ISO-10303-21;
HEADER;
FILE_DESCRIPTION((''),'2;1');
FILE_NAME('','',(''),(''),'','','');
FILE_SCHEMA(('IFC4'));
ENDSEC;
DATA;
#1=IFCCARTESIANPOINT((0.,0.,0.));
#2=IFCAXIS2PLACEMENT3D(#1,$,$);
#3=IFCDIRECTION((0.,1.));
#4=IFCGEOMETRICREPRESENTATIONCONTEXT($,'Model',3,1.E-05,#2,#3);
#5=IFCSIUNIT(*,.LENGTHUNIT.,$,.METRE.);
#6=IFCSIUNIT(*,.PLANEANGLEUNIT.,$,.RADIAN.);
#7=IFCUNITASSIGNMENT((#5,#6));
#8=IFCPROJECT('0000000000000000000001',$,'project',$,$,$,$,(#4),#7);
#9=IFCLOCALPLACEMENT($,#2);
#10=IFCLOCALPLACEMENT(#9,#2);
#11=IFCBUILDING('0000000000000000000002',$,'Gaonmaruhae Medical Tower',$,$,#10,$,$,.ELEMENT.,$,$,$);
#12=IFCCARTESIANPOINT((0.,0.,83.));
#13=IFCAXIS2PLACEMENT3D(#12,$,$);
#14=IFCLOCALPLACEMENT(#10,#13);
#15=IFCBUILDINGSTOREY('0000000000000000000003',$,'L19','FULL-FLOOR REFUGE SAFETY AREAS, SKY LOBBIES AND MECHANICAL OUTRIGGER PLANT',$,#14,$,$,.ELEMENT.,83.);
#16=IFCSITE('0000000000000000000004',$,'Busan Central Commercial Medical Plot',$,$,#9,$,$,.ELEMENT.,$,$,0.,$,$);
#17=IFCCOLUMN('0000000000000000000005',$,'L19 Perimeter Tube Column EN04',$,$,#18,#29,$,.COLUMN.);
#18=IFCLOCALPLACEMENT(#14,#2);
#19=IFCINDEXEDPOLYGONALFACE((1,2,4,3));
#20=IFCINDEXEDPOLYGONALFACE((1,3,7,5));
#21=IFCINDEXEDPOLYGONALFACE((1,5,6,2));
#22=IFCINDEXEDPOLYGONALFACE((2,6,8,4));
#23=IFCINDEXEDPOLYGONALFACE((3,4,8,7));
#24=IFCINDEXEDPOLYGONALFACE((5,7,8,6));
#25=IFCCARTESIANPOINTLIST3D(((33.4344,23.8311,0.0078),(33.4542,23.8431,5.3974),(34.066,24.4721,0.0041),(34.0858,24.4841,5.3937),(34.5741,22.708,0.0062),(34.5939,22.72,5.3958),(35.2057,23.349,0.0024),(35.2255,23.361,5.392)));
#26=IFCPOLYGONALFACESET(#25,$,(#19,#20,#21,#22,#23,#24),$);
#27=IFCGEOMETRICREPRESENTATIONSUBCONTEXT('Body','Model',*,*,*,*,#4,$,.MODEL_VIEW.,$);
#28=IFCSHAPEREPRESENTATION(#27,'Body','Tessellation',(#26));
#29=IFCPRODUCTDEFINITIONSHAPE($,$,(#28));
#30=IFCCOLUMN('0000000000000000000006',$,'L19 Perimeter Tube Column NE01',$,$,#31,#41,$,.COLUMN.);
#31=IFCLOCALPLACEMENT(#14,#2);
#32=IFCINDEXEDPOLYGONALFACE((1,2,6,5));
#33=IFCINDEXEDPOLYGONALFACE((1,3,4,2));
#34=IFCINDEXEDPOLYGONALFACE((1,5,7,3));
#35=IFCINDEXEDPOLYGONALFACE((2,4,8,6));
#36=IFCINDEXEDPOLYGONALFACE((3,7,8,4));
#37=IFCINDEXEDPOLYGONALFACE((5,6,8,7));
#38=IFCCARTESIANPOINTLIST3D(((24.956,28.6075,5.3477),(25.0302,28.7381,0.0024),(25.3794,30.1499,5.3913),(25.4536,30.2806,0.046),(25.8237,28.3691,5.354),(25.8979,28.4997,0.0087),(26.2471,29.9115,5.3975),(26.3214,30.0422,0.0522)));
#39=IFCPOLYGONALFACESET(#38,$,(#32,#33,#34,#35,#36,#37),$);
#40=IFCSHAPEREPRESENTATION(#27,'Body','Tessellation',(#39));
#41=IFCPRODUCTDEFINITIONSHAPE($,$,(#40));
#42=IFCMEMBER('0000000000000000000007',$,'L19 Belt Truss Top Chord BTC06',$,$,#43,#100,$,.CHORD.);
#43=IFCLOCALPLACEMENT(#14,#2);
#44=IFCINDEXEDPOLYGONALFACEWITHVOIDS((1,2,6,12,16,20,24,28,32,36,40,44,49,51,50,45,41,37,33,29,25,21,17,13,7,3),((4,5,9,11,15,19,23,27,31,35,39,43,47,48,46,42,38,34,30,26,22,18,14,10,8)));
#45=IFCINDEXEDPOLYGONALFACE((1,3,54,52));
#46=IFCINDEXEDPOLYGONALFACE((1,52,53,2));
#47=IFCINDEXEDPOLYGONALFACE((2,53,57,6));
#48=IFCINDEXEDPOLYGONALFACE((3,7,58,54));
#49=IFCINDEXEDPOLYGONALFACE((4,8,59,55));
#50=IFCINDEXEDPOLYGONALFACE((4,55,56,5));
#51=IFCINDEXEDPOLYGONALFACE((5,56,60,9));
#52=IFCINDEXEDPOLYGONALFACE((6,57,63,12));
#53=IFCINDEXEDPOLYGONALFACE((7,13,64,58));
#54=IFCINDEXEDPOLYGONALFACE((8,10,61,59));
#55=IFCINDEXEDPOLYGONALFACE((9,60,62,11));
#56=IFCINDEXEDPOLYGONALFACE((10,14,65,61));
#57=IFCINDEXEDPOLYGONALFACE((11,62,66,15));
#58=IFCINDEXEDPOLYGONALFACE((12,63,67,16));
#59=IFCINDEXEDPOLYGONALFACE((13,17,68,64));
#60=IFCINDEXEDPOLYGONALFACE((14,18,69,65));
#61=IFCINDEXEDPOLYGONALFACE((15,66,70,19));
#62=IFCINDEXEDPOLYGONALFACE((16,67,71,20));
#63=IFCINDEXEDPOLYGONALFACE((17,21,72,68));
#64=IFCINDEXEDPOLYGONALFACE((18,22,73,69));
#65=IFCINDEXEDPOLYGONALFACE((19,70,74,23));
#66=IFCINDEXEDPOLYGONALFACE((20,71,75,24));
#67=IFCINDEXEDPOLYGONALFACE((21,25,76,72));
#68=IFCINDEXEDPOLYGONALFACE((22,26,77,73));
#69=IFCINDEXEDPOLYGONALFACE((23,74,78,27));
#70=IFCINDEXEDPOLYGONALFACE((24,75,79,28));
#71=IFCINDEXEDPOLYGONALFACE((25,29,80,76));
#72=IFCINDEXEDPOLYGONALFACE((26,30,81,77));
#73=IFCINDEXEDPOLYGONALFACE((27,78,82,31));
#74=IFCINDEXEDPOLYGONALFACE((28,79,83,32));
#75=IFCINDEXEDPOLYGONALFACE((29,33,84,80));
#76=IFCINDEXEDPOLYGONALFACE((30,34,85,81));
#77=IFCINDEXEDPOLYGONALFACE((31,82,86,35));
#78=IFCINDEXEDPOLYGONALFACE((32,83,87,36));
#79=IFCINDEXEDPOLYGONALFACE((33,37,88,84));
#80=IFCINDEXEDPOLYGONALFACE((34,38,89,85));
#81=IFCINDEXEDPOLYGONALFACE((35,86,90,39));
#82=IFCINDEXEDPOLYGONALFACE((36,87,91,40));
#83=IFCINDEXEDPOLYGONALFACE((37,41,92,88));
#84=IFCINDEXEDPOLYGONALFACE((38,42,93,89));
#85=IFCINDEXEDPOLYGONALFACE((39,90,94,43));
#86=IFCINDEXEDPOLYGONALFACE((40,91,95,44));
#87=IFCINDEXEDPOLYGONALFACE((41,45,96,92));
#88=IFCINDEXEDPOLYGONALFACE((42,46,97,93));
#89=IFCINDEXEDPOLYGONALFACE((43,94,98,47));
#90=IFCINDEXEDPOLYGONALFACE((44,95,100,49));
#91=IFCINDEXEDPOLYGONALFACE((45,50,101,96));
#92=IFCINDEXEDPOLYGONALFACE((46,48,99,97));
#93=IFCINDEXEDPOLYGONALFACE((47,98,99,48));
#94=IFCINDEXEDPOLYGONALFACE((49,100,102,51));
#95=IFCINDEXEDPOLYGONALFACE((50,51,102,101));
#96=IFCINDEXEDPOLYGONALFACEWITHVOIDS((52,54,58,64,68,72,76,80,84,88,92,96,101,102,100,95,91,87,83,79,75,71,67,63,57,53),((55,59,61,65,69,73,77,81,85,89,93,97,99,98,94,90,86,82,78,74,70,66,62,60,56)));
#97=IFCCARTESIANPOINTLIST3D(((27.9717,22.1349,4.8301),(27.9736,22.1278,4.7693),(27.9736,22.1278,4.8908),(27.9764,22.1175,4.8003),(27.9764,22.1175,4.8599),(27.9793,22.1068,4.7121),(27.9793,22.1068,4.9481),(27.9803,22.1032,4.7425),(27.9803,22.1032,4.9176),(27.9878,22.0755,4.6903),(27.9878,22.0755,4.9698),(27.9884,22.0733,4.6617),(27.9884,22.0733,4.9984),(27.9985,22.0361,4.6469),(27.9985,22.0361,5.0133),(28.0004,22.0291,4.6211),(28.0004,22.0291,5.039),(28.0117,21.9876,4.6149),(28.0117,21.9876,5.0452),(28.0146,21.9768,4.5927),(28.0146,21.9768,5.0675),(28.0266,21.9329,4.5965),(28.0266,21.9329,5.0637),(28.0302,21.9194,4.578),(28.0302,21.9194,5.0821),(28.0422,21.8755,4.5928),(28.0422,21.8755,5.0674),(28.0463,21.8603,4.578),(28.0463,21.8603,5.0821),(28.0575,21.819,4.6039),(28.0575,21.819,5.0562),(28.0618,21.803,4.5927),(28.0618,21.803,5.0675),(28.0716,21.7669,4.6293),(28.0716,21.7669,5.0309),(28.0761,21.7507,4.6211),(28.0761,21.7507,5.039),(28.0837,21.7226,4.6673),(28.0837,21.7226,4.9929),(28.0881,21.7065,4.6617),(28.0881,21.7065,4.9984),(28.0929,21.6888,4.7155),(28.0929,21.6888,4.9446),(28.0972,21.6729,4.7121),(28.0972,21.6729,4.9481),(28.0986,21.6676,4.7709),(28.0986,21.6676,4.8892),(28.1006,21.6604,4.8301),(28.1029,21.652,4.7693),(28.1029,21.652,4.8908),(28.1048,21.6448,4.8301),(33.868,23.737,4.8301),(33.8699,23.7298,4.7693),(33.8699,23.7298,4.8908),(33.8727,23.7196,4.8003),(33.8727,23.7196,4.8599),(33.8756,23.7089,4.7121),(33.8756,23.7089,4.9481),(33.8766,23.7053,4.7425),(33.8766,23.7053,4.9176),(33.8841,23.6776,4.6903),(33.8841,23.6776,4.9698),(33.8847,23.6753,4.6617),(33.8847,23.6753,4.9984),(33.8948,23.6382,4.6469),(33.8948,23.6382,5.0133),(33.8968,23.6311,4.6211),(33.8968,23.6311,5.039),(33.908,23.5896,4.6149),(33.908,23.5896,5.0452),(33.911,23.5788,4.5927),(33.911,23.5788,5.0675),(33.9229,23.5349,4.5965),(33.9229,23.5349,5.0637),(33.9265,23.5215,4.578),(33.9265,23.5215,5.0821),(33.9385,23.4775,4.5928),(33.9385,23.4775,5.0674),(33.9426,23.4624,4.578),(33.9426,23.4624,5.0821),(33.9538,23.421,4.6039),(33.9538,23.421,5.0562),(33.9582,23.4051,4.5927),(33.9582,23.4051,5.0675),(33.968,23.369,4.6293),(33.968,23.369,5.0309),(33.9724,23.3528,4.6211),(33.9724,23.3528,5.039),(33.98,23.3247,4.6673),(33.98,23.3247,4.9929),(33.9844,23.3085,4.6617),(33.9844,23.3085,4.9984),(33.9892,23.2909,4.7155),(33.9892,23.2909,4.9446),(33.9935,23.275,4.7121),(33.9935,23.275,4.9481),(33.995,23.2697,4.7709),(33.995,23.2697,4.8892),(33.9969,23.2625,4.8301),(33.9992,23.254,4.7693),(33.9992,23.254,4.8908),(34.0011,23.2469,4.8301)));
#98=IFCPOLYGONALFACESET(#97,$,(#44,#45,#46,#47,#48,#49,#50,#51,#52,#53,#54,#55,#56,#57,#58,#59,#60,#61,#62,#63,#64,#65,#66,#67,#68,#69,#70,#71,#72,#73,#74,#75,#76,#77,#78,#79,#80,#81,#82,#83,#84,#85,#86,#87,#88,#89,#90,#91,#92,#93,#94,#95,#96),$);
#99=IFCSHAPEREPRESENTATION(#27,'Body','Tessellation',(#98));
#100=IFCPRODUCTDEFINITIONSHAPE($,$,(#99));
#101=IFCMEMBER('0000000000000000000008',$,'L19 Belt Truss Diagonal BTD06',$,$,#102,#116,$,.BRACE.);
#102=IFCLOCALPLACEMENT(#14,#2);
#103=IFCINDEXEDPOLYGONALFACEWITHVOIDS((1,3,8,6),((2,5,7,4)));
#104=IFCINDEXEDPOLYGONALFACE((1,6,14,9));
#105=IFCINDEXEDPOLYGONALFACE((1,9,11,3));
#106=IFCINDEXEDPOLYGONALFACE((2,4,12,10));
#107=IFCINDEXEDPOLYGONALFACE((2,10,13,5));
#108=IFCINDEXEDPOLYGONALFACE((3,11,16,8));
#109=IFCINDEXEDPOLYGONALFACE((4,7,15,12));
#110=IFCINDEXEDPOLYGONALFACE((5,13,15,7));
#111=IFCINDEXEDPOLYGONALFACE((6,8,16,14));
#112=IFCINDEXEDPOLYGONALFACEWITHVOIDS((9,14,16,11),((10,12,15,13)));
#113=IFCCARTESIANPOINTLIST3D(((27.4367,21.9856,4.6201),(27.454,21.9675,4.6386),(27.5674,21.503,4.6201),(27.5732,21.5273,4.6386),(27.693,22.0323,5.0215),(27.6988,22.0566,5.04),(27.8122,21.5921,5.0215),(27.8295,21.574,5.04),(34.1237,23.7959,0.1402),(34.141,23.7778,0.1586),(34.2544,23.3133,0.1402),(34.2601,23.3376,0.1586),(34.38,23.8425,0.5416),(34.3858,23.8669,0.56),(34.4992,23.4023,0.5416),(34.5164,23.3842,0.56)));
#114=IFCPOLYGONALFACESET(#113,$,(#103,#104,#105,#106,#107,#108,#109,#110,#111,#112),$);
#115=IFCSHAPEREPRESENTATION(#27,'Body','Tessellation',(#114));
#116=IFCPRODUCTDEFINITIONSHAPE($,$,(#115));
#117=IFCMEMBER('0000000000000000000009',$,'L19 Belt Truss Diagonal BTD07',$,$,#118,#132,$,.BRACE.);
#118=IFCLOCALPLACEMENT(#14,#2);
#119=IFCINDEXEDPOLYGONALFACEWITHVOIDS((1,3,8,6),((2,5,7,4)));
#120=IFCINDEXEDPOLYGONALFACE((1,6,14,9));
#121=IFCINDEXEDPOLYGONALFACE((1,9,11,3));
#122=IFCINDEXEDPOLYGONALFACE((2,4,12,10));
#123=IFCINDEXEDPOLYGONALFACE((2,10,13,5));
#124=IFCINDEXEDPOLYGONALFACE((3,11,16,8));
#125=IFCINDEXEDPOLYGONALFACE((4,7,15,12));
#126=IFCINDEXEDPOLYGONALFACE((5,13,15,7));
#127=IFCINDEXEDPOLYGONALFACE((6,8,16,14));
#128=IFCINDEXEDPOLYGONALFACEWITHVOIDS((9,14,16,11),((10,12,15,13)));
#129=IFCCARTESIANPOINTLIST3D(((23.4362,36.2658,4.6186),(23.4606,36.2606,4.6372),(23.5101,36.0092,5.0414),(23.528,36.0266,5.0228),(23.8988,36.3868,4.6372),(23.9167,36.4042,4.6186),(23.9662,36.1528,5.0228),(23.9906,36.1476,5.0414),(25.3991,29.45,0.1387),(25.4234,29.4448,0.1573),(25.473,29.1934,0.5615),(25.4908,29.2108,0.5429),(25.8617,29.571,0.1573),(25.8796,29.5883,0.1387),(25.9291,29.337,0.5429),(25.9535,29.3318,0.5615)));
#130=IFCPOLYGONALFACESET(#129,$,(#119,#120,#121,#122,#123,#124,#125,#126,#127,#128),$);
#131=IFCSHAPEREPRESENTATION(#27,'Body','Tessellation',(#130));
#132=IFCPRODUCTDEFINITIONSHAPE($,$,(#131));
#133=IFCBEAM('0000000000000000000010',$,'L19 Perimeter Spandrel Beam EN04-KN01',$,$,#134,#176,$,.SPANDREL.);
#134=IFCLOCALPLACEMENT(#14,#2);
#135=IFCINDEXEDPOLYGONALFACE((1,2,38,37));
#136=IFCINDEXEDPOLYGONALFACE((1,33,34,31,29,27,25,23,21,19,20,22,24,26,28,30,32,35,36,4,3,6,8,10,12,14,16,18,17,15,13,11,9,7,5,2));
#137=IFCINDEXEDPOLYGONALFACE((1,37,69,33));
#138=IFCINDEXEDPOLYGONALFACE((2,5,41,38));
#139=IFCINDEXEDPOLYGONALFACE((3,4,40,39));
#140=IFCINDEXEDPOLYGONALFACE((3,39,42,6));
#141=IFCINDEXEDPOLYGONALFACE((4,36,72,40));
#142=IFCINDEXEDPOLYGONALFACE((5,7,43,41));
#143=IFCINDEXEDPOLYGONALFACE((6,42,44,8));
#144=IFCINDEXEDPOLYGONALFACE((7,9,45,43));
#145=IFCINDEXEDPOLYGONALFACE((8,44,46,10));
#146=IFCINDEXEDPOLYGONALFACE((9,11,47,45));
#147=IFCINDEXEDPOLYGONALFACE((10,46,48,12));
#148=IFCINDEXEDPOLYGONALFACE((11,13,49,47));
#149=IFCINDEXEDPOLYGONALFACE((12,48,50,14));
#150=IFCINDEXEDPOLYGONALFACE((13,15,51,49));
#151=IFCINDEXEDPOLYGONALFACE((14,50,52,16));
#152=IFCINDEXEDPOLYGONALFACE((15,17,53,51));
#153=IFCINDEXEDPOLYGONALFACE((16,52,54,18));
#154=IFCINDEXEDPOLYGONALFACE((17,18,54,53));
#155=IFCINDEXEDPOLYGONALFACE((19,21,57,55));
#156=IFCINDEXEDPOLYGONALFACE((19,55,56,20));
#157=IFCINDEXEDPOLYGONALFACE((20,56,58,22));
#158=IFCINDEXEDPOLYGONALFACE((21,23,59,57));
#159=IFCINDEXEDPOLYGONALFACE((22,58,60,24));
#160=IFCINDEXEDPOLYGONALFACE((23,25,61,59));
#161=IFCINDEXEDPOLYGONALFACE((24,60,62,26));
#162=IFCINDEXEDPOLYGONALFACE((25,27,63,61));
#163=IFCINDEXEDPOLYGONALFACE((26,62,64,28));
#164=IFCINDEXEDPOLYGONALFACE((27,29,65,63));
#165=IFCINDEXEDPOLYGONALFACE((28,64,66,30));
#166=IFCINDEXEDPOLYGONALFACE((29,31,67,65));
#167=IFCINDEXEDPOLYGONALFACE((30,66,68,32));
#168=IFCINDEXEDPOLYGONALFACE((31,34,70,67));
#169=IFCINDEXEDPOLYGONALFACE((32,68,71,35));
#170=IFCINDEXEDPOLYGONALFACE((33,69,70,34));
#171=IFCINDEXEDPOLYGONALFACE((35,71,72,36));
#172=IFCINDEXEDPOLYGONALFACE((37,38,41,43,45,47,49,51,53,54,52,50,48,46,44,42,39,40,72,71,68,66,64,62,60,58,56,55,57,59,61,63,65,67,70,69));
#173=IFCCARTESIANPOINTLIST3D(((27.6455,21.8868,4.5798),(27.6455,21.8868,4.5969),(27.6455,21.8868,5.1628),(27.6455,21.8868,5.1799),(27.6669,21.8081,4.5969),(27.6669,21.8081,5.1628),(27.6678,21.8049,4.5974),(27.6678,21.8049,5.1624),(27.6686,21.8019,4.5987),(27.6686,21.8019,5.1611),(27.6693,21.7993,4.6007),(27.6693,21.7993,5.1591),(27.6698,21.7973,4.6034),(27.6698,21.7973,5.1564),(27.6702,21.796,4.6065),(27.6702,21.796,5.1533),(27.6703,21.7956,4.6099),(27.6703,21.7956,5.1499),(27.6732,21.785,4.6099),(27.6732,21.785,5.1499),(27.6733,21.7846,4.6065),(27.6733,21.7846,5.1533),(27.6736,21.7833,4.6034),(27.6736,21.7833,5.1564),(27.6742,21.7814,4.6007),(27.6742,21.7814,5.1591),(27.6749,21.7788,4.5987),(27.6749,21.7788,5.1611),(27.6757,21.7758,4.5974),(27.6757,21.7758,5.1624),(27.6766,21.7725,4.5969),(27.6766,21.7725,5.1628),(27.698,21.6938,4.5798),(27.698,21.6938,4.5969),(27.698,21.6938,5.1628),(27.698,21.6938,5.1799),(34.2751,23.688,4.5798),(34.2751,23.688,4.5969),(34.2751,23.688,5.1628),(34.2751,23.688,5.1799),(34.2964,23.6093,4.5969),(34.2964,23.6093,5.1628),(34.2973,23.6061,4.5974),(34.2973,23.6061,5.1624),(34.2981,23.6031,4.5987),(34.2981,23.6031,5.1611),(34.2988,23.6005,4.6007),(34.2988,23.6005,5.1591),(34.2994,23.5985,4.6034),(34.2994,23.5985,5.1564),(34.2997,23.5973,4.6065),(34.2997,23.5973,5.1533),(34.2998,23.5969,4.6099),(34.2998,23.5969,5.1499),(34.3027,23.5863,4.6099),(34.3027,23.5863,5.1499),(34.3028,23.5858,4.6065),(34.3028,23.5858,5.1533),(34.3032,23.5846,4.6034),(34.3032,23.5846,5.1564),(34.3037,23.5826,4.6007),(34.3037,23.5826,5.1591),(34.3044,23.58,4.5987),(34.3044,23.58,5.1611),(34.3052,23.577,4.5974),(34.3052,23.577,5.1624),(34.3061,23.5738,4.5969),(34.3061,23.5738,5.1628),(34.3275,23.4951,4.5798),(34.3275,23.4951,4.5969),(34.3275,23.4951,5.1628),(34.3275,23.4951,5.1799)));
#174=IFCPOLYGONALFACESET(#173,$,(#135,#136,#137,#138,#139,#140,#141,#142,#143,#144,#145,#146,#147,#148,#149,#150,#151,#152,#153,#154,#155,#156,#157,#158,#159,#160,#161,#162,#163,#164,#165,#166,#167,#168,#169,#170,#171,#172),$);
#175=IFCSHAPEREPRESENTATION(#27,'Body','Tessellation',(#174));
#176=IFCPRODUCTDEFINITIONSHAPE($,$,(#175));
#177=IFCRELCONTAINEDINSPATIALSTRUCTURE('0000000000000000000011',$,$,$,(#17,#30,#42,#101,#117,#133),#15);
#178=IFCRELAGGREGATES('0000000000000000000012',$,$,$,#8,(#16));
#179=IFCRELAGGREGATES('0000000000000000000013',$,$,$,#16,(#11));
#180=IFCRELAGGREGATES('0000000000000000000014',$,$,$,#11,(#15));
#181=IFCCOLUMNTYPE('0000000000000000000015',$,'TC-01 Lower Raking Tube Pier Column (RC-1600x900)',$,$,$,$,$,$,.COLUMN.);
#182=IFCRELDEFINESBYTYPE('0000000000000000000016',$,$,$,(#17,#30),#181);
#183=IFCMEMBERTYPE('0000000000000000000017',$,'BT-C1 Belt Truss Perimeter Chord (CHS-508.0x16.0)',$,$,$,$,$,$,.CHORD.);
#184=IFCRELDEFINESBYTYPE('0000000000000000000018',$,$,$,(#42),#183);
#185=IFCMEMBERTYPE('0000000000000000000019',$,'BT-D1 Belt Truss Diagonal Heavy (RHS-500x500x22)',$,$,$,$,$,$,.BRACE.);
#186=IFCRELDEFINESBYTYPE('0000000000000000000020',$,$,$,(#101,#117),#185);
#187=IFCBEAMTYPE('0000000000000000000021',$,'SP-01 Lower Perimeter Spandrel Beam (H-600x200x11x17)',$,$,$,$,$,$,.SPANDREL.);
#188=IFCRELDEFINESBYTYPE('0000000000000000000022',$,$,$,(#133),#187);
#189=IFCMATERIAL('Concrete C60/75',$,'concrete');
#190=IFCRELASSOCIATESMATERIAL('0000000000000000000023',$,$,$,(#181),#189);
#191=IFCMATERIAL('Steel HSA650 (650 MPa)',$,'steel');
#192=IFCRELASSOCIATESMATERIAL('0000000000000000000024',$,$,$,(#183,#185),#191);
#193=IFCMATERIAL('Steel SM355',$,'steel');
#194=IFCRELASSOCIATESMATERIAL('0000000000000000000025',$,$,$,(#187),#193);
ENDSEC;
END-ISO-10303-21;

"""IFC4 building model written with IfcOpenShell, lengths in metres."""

from ifc_helpers import new_model, si_unit, direction, frame, origin, origin_2d, place, context, subcontext, project, spatial, rectangle, hollow_rectangle, hollow_circle, i_section, extrude, material, material_profile, profile_set, type_object, element, save


model = new_model("IFC4")

# Units and contexts
model_context = context("Model", 3, precision=1e-05, world=origin(), true_north=direction((0.0, 1.0)))
body_context = subcontext(model_context, "Body", "Model", "MODEL_VIEW")
ifc_project = project(units=[si_unit("LENGTHUNIT", "METRE"), si_unit("PLANEANGLEUNIT", "RADIAN")], contexts=[model_context])

# Site, building, storey
site_placement = place(None, origin())
site = spatial("IfcSite", under=ifc_project, at=site_placement, Name="Busan Central Commercial Medical Plot", CompositionType="ELEMENT", RefElevation=0.0)
building_placement = place(site_placement, origin())
building = spatial("IfcBuilding", under=site, at=building_placement, Name="Gaonmaruhae Medical Tower", CompositionType="ELEMENT")
storey_placement = place(building_placement, frame((0.0, 0.0, 83.0)))
storey = spatial("IfcBuildingStorey", under=building, at=storey_placement, Name="L19", Description="FULL-FLOOR REFUGE SAFETY AREAS, SKY LOBBIES AND MECHANICAL OUTRIGGER PLANT", CompositionType="ELEMENT", Elevation=83.0)

# Columns
ifc_material_1 = material(Name="Concrete C60/75", Category="concrete")
ifc_material_profile_1 = material_profile(ifc_material_1, rectangle(XDim=1.6001, YDim=0.8999, at=origin_2d()), Name="RC-1600x900")
ifc_profile_set_1 = profile_set([ifc_material_profile_1], Name="Concrete C60/75")
column_type = type_object("IfcColumnType", Name="TC-01 Lower Raking Tube Pier Column (RC-1600x900)", PredefinedType="COLUMN", material=ifc_profile_set_1)
column_1_placement = place(storey_placement, frame((34.3201, 23.5901, 0.0051), z_axis=(0.003669, 0.00222, 0.999991), x_axis=(-0.712286, 0.701889, 0.001056)))
element("IfcColumn", 1, at=column_1_placement, inside=storey, type_object=column_type, Name="L19 Perimeter Tube Column EN04", PredefinedType="COLUMN", context=body_context, shape_type="SweptSolid", body=[
    extrude(rectangle(XDim=1.6001, YDim=0.8999, at=origin_2d()), origin(), (0.0, 0.0, 1.0), 5.3896),
])
column_2_placement = place(storey_placement, frame((25.6758, 29.3901, 0.0273), z_axis=(-0.01388, -0.024426, 0.999605), x_axis=(0.264632, 0.963965, 0.02723)))
element("IfcColumn", 2, at=column_2_placement, inside=storey, type_object=column_type, Name="L19 Perimeter Tube Column NE01", PredefinedType="COLUMN", context=body_context, shape_type="SweptSolid", body=[
    extrude(rectangle(XDim=1.6001, YDim=0.8999, at=origin_2d()), origin(), (0.0, 0.0, 1.0), 5.3474),
])

# Members
ifc_material_2 = material(Name="Steel HSA650 (650 MPa)", Category="steel")
ifc_material_profile_2 = material_profile(ifc_material_2, hollow_circle(Radius=0.2539, WallThickness=0.0161, at=origin_2d()), Name="CHS-508.0x16.0")
ifc_profile_set_2 = profile_set([ifc_material_profile_2], Name="Steel HSA650 (650 MPa)")
member_type_1 = type_object("IfcMemberType", Name="BT-C1 Belt Truss Perimeter Chord (CHS-508.0x16.0)", PredefinedType="CHORD", material=ifc_profile_set_2)
member_1_placement = place(storey_placement, frame((33.9346, 23.4919, 4.8301), z_axis=(-0.965013, -0.262201, 0.0), x_axis=(0.262201, -0.965013, 0.0)))
element("IfcMember", 3, at=member_1_placement, inside=storey, type_object=member_type_1, Name="L19 Belt Truss Top Chord BTC06", PredefinedType="CHORD", context=body_context, shape_type="SweptSolid", body=[
    extrude(hollow_circle(Radius=0.2539, WallThickness=0.0161, at=origin_2d()), origin(), (0.0, 0.0, 1.0), 6.1101),
])
ifc_material_profile_3 = material_profile(ifc_material_2, hollow_rectangle(XDim=0.5, YDim=0.5, WallThickness=0.022, at=origin_2d()), Name="RHS-500x500x22")
ifc_profile_set_3 = profile_set([ifc_material_profile_3], Name="Steel HSA650 (650 MPa)")
member_type_2 = type_object("IfcMemberType", Name="BT-D1 Belt Truss Diagonal Heavy (RHS-500x500x22)", PredefinedType="BRACE", material=ifc_profile_set_3)
member_2_placement = place(storey_placement, frame((34.3201, 23.5901, 0.3501), z_axis=(-0.810541, -0.219429, 0.543024), x_axis=(0.261313, -0.965254, 0.0)))
element("IfcMember", 4, at=member_2_placement, inside=storey, type_object=member_type_2, Name="L19 Belt Truss Diagonal BTD06", PredefinedType="BRACE", context=body_context, shape_type="SweptSolid", body=[
    extrude(hollow_rectangle(XDim=0.5, YDim=0.5, WallThickness=0.022, at=origin_2d()), origin(), (0.0, 0.0, 1.0), 8.25),
])
member_3_placement = place(storey_placement, frame((25.6763, 29.3909, 0.3501), z_axis=(-0.233976, 0.812456, 0.534013), x_axis=(-0.960945, -0.276739, 0.0)))
element("IfcMember", 5, at=member_3_placement, inside=storey, type_object=member_type_2, Name="L19 Belt Truss Diagonal BTD07", PredefinedType="BRACE", context=body_context, shape_type="SweptSolid", body=[
    extrude(hollow_rectangle(XDim=0.5, YDim=0.5, WallThickness=0.022, at=origin_2d()), origin(), (0.0, 0.0, 1.0), 8.3892),
])

# Beam
ifc_material_3 = material(Name="Steel SM355", Category="steel")
ifc_material_profile_4 = material_profile(ifc_material_3, i_section(OverallWidth=0.2, OverallDepth=0.6001, WebThickness=0.011, FlangeThickness=0.0171, FilletRadius=0.0129, at=origin_2d()), Name="H-600x200x11x17")
ifc_profile_set_4 = profile_set([ifc_material_profile_4], Name="Steel SM355")
beam_type = type_object("IfcBeamType", Name="SP-01 Lower Perimeter Spandrel Beam (H-600x200x11x17)", PredefinedType="SPANDREL", material=ifc_profile_set_4)
beam_1_placement = place(storey_placement, frame((34.3013, 23.5916, 4.8799), z_axis=(-0.965015, -0.262194, 0.0), x_axis=(0.262194, -0.965015, 0.0)))
element("IfcBeam", 6, at=beam_1_placement, inside=storey, type_object=beam_type, Name="L19 Perimeter Spandrel Beam EN04-KN01", PredefinedType="SPANDREL", context=body_context, shape_type="SweptSolid", body=[
    extrude(i_section(OverallWidth=0.2, OverallDepth=0.6001, WebThickness=0.011, FlangeThickness=0.0171, FilletRadius=0.0129, at=origin_2d()), origin(), (0.0, 0.0, 1.0), 6.8699),
])

save(model, "model.ifc")
